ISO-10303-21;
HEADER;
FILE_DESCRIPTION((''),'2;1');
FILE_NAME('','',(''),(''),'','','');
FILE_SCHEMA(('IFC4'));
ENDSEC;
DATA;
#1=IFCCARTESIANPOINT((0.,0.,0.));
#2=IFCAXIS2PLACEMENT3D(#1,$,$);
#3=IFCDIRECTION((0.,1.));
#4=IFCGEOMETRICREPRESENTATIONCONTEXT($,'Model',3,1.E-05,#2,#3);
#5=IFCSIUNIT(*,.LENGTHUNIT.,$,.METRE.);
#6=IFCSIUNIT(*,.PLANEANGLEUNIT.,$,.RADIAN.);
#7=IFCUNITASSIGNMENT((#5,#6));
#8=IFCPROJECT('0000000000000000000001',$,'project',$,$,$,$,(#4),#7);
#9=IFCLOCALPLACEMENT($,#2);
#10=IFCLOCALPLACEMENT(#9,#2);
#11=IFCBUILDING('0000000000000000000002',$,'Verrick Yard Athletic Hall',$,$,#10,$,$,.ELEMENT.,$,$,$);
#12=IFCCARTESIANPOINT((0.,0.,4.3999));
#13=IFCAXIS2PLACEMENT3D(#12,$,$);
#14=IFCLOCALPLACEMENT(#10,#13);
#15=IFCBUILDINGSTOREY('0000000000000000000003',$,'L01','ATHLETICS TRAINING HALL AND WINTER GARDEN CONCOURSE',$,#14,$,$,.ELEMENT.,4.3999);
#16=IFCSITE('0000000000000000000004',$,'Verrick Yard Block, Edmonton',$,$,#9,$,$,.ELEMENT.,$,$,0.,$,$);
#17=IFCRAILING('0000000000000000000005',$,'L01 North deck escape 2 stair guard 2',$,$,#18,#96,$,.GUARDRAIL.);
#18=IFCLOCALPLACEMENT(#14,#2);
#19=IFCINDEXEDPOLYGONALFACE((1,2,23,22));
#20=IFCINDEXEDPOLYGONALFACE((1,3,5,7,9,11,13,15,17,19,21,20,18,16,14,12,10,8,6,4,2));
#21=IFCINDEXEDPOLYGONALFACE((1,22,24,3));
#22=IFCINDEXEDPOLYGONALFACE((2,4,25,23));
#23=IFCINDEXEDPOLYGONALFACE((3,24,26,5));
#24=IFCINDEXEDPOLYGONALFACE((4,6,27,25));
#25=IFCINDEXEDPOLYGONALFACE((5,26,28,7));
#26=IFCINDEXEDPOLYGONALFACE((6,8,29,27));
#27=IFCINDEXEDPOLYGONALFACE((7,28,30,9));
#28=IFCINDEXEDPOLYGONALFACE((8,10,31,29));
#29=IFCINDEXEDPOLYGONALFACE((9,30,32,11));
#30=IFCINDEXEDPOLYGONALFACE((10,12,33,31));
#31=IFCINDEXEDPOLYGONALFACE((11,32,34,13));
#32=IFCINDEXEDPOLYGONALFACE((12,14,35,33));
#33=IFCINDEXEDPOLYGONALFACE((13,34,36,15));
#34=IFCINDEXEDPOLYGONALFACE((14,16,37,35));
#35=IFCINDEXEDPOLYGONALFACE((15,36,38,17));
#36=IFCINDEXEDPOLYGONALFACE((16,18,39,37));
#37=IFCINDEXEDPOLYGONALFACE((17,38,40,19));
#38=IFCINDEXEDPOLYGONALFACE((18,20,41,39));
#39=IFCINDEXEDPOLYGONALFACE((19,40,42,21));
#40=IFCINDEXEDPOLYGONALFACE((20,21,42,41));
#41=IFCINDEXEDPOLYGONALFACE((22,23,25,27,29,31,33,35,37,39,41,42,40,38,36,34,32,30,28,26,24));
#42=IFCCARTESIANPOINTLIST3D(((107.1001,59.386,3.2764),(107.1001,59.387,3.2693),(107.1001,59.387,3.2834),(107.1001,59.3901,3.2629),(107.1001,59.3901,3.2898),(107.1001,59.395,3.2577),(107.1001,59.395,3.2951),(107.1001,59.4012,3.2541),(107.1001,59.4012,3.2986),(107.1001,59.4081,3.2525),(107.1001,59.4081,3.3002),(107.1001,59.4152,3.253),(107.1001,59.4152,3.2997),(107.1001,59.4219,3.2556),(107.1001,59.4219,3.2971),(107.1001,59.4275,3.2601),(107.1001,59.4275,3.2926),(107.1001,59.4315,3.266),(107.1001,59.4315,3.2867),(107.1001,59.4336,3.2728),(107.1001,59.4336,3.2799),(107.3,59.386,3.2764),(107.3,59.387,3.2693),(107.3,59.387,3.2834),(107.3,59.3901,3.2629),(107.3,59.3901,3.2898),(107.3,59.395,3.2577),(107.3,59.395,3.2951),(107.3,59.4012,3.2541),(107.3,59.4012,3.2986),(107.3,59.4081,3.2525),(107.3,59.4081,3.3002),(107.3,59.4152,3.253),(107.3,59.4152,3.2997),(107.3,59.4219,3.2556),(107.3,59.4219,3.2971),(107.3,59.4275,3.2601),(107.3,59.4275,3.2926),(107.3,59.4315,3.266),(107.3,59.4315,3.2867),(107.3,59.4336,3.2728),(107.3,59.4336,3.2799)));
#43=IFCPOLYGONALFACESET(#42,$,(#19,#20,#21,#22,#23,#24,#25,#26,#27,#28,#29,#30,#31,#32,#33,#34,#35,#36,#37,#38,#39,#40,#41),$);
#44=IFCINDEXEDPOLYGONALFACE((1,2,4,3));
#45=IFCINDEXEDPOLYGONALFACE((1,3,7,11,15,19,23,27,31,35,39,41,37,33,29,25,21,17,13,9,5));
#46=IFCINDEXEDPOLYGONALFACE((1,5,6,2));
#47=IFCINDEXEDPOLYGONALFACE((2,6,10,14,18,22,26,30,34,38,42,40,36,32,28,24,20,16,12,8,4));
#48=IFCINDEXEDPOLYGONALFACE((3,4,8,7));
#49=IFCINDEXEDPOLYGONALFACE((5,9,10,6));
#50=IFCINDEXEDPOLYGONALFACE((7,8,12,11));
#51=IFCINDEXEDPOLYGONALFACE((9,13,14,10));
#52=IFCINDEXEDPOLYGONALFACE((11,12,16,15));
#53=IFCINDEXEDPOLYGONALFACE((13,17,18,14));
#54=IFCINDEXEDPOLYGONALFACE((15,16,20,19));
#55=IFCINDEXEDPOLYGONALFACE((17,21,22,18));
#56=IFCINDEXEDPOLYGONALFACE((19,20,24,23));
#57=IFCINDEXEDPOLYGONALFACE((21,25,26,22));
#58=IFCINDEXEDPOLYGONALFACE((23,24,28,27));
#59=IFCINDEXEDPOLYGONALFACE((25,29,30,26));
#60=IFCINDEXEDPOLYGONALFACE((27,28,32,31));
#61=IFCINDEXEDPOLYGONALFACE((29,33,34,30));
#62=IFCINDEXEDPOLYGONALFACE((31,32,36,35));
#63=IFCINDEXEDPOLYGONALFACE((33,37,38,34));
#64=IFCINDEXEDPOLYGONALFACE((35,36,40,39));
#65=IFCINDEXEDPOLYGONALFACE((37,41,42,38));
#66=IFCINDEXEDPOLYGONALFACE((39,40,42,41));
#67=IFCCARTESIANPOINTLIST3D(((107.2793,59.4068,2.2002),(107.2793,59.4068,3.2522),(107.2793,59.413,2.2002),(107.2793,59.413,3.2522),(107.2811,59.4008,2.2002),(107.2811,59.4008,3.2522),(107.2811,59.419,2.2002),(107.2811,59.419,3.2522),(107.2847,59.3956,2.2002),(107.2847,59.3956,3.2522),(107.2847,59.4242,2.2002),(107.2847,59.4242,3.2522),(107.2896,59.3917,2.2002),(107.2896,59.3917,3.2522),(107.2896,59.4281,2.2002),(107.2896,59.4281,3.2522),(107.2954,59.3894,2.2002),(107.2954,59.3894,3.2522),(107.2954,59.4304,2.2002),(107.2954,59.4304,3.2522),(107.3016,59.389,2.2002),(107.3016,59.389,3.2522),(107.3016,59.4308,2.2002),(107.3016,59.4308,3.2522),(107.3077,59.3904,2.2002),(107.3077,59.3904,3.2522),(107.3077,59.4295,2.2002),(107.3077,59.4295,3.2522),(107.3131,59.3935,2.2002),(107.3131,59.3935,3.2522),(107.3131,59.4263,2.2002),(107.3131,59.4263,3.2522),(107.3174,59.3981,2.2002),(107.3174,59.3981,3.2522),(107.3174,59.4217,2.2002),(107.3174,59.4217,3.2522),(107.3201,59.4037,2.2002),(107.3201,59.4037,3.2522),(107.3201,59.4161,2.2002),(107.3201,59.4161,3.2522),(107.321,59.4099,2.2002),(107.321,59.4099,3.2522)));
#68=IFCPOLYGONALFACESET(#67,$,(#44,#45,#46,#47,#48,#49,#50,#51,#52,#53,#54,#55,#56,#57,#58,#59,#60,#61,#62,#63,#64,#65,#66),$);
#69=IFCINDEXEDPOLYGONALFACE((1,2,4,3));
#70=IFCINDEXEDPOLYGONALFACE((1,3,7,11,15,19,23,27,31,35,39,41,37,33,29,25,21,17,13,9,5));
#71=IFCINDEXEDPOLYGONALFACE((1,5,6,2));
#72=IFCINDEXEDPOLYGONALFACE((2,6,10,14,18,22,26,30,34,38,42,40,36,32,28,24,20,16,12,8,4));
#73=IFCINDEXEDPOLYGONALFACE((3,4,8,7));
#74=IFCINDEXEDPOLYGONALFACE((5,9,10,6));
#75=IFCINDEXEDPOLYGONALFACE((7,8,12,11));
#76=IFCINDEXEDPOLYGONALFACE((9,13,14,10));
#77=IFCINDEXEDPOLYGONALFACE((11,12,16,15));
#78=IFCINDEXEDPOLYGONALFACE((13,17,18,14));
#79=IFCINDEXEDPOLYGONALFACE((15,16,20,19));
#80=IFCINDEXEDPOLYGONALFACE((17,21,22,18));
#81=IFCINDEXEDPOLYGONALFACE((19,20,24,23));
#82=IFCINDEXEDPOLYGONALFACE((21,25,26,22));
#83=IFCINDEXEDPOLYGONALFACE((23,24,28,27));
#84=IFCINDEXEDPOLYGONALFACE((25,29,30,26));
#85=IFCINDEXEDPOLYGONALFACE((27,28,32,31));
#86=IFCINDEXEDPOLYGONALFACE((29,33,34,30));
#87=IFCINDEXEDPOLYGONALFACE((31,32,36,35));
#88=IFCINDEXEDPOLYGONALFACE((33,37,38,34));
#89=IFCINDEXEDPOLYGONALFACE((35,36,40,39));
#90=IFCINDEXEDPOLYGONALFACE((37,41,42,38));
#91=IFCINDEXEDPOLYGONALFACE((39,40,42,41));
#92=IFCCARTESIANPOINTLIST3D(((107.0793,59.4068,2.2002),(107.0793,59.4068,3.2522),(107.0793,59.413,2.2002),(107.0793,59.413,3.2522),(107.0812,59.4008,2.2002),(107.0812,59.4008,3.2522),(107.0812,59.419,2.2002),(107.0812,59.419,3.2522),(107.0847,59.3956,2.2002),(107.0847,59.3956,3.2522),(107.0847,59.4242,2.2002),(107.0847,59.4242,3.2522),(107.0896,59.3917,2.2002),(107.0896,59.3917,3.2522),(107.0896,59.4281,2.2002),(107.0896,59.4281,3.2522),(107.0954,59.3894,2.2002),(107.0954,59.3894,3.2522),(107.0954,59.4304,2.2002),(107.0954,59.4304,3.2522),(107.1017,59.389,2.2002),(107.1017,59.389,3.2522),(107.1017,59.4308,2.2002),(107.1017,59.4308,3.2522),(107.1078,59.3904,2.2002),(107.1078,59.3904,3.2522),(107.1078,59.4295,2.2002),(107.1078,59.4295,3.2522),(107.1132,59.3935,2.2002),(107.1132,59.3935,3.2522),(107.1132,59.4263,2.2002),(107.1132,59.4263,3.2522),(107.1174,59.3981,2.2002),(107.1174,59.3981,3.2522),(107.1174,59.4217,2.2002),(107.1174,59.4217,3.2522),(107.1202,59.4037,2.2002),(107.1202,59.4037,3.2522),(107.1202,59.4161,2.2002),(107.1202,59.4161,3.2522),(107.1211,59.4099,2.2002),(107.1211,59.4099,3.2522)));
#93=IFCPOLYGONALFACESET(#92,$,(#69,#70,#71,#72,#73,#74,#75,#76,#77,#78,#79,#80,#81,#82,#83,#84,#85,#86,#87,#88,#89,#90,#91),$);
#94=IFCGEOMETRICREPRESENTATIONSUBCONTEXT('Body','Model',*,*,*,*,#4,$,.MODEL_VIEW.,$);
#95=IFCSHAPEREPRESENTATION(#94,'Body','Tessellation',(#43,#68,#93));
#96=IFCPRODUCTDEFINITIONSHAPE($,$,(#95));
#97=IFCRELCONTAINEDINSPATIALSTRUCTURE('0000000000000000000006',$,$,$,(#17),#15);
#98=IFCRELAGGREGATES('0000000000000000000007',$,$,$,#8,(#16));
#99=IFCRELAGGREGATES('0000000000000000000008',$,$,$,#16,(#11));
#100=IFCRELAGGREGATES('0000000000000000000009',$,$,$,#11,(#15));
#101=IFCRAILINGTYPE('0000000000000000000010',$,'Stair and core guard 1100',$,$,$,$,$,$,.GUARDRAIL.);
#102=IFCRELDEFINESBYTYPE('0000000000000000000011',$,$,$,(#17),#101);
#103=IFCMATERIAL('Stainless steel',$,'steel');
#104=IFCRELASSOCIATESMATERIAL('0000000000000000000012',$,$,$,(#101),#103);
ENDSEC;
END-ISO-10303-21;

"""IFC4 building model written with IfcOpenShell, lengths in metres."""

from ifc_helpers import new_model, si_unit, direction, frame, origin, origin_2d, place, context, subcontext, project, spatial, circle, extrude, material, type_object, element, save


model = new_model("IFC4")

# Units and contexts
model_context = context("Model", 3, precision=1e-05, world=origin(), true_north=direction((0.0, 1.0)))
body_context = subcontext(model_context, "Body", "Model", "MODEL_VIEW")
ifc_project = project(units=[si_unit("LENGTHUNIT", "METRE"), si_unit("PLANEANGLEUNIT", "RADIAN")], contexts=[model_context])

# Site, building, storey
site_placement = place(None, origin())
site = spatial("IfcSite", under=ifc_project, at=site_placement, Name="Verrick Yard Block, Edmonton", CompositionType="ELEMENT", RefElevation=0.0)
building_placement = place(site_placement, origin())
building = spatial("IfcBuilding", under=site, at=building_placement, Name="Verrick Yard Athletic Hall", CompositionType="ELEMENT")
storey_placement = place(building_placement, frame((0.0, 0.0, 4.3999)))
storey = spatial("IfcBuildingStorey", under=building, at=storey_placement, Name="L01", Description="ATHLETICS TRAINING HALL AND WINTER GARDEN CONCOURSE", CompositionType="ELEMENT", Elevation=4.3999)

# Railing
ifc_material_1 = material(Name="Stainless steel", Category="steel")
railing_type_1 = type_object("IfcRailingType", Name="Stair and core guard 1100", PredefinedType="GUARDRAIL", material=ifc_material_1)
railing_1_placement = place(storey_placement, frame((107.3, 59.4099, 2.2002)))
element("IfcRailing", 1, at=railing_1_placement, inside=storey, type_object=railing_type_1, Name="L01 North deck escape 2 stair guard 2", PredefinedType="GUARDRAIL", context=body_context, shape_type="SweptSolid", body=[
    extrude(circle(Radius=0.0239, at=origin_2d()), frame((0.0, 0.0, 1.0762), z_axis=(-1.0, 0.0, 0.0), x_axis=(0.0, -1.0, 0.0)), (0.0, 0.0, 1.0), 0.2),
    extrude(circle(Radius=0.021, at=origin_2d()), origin(), (0.0, 0.0, 1.0), 1.052),
    extrude(circle(Radius=0.021, at=origin_2d()), frame((-0.2, 0.0, 0.0)), (0.0, 0.0, 1.0), 1.052),
])

save(model, "model.ifc")
